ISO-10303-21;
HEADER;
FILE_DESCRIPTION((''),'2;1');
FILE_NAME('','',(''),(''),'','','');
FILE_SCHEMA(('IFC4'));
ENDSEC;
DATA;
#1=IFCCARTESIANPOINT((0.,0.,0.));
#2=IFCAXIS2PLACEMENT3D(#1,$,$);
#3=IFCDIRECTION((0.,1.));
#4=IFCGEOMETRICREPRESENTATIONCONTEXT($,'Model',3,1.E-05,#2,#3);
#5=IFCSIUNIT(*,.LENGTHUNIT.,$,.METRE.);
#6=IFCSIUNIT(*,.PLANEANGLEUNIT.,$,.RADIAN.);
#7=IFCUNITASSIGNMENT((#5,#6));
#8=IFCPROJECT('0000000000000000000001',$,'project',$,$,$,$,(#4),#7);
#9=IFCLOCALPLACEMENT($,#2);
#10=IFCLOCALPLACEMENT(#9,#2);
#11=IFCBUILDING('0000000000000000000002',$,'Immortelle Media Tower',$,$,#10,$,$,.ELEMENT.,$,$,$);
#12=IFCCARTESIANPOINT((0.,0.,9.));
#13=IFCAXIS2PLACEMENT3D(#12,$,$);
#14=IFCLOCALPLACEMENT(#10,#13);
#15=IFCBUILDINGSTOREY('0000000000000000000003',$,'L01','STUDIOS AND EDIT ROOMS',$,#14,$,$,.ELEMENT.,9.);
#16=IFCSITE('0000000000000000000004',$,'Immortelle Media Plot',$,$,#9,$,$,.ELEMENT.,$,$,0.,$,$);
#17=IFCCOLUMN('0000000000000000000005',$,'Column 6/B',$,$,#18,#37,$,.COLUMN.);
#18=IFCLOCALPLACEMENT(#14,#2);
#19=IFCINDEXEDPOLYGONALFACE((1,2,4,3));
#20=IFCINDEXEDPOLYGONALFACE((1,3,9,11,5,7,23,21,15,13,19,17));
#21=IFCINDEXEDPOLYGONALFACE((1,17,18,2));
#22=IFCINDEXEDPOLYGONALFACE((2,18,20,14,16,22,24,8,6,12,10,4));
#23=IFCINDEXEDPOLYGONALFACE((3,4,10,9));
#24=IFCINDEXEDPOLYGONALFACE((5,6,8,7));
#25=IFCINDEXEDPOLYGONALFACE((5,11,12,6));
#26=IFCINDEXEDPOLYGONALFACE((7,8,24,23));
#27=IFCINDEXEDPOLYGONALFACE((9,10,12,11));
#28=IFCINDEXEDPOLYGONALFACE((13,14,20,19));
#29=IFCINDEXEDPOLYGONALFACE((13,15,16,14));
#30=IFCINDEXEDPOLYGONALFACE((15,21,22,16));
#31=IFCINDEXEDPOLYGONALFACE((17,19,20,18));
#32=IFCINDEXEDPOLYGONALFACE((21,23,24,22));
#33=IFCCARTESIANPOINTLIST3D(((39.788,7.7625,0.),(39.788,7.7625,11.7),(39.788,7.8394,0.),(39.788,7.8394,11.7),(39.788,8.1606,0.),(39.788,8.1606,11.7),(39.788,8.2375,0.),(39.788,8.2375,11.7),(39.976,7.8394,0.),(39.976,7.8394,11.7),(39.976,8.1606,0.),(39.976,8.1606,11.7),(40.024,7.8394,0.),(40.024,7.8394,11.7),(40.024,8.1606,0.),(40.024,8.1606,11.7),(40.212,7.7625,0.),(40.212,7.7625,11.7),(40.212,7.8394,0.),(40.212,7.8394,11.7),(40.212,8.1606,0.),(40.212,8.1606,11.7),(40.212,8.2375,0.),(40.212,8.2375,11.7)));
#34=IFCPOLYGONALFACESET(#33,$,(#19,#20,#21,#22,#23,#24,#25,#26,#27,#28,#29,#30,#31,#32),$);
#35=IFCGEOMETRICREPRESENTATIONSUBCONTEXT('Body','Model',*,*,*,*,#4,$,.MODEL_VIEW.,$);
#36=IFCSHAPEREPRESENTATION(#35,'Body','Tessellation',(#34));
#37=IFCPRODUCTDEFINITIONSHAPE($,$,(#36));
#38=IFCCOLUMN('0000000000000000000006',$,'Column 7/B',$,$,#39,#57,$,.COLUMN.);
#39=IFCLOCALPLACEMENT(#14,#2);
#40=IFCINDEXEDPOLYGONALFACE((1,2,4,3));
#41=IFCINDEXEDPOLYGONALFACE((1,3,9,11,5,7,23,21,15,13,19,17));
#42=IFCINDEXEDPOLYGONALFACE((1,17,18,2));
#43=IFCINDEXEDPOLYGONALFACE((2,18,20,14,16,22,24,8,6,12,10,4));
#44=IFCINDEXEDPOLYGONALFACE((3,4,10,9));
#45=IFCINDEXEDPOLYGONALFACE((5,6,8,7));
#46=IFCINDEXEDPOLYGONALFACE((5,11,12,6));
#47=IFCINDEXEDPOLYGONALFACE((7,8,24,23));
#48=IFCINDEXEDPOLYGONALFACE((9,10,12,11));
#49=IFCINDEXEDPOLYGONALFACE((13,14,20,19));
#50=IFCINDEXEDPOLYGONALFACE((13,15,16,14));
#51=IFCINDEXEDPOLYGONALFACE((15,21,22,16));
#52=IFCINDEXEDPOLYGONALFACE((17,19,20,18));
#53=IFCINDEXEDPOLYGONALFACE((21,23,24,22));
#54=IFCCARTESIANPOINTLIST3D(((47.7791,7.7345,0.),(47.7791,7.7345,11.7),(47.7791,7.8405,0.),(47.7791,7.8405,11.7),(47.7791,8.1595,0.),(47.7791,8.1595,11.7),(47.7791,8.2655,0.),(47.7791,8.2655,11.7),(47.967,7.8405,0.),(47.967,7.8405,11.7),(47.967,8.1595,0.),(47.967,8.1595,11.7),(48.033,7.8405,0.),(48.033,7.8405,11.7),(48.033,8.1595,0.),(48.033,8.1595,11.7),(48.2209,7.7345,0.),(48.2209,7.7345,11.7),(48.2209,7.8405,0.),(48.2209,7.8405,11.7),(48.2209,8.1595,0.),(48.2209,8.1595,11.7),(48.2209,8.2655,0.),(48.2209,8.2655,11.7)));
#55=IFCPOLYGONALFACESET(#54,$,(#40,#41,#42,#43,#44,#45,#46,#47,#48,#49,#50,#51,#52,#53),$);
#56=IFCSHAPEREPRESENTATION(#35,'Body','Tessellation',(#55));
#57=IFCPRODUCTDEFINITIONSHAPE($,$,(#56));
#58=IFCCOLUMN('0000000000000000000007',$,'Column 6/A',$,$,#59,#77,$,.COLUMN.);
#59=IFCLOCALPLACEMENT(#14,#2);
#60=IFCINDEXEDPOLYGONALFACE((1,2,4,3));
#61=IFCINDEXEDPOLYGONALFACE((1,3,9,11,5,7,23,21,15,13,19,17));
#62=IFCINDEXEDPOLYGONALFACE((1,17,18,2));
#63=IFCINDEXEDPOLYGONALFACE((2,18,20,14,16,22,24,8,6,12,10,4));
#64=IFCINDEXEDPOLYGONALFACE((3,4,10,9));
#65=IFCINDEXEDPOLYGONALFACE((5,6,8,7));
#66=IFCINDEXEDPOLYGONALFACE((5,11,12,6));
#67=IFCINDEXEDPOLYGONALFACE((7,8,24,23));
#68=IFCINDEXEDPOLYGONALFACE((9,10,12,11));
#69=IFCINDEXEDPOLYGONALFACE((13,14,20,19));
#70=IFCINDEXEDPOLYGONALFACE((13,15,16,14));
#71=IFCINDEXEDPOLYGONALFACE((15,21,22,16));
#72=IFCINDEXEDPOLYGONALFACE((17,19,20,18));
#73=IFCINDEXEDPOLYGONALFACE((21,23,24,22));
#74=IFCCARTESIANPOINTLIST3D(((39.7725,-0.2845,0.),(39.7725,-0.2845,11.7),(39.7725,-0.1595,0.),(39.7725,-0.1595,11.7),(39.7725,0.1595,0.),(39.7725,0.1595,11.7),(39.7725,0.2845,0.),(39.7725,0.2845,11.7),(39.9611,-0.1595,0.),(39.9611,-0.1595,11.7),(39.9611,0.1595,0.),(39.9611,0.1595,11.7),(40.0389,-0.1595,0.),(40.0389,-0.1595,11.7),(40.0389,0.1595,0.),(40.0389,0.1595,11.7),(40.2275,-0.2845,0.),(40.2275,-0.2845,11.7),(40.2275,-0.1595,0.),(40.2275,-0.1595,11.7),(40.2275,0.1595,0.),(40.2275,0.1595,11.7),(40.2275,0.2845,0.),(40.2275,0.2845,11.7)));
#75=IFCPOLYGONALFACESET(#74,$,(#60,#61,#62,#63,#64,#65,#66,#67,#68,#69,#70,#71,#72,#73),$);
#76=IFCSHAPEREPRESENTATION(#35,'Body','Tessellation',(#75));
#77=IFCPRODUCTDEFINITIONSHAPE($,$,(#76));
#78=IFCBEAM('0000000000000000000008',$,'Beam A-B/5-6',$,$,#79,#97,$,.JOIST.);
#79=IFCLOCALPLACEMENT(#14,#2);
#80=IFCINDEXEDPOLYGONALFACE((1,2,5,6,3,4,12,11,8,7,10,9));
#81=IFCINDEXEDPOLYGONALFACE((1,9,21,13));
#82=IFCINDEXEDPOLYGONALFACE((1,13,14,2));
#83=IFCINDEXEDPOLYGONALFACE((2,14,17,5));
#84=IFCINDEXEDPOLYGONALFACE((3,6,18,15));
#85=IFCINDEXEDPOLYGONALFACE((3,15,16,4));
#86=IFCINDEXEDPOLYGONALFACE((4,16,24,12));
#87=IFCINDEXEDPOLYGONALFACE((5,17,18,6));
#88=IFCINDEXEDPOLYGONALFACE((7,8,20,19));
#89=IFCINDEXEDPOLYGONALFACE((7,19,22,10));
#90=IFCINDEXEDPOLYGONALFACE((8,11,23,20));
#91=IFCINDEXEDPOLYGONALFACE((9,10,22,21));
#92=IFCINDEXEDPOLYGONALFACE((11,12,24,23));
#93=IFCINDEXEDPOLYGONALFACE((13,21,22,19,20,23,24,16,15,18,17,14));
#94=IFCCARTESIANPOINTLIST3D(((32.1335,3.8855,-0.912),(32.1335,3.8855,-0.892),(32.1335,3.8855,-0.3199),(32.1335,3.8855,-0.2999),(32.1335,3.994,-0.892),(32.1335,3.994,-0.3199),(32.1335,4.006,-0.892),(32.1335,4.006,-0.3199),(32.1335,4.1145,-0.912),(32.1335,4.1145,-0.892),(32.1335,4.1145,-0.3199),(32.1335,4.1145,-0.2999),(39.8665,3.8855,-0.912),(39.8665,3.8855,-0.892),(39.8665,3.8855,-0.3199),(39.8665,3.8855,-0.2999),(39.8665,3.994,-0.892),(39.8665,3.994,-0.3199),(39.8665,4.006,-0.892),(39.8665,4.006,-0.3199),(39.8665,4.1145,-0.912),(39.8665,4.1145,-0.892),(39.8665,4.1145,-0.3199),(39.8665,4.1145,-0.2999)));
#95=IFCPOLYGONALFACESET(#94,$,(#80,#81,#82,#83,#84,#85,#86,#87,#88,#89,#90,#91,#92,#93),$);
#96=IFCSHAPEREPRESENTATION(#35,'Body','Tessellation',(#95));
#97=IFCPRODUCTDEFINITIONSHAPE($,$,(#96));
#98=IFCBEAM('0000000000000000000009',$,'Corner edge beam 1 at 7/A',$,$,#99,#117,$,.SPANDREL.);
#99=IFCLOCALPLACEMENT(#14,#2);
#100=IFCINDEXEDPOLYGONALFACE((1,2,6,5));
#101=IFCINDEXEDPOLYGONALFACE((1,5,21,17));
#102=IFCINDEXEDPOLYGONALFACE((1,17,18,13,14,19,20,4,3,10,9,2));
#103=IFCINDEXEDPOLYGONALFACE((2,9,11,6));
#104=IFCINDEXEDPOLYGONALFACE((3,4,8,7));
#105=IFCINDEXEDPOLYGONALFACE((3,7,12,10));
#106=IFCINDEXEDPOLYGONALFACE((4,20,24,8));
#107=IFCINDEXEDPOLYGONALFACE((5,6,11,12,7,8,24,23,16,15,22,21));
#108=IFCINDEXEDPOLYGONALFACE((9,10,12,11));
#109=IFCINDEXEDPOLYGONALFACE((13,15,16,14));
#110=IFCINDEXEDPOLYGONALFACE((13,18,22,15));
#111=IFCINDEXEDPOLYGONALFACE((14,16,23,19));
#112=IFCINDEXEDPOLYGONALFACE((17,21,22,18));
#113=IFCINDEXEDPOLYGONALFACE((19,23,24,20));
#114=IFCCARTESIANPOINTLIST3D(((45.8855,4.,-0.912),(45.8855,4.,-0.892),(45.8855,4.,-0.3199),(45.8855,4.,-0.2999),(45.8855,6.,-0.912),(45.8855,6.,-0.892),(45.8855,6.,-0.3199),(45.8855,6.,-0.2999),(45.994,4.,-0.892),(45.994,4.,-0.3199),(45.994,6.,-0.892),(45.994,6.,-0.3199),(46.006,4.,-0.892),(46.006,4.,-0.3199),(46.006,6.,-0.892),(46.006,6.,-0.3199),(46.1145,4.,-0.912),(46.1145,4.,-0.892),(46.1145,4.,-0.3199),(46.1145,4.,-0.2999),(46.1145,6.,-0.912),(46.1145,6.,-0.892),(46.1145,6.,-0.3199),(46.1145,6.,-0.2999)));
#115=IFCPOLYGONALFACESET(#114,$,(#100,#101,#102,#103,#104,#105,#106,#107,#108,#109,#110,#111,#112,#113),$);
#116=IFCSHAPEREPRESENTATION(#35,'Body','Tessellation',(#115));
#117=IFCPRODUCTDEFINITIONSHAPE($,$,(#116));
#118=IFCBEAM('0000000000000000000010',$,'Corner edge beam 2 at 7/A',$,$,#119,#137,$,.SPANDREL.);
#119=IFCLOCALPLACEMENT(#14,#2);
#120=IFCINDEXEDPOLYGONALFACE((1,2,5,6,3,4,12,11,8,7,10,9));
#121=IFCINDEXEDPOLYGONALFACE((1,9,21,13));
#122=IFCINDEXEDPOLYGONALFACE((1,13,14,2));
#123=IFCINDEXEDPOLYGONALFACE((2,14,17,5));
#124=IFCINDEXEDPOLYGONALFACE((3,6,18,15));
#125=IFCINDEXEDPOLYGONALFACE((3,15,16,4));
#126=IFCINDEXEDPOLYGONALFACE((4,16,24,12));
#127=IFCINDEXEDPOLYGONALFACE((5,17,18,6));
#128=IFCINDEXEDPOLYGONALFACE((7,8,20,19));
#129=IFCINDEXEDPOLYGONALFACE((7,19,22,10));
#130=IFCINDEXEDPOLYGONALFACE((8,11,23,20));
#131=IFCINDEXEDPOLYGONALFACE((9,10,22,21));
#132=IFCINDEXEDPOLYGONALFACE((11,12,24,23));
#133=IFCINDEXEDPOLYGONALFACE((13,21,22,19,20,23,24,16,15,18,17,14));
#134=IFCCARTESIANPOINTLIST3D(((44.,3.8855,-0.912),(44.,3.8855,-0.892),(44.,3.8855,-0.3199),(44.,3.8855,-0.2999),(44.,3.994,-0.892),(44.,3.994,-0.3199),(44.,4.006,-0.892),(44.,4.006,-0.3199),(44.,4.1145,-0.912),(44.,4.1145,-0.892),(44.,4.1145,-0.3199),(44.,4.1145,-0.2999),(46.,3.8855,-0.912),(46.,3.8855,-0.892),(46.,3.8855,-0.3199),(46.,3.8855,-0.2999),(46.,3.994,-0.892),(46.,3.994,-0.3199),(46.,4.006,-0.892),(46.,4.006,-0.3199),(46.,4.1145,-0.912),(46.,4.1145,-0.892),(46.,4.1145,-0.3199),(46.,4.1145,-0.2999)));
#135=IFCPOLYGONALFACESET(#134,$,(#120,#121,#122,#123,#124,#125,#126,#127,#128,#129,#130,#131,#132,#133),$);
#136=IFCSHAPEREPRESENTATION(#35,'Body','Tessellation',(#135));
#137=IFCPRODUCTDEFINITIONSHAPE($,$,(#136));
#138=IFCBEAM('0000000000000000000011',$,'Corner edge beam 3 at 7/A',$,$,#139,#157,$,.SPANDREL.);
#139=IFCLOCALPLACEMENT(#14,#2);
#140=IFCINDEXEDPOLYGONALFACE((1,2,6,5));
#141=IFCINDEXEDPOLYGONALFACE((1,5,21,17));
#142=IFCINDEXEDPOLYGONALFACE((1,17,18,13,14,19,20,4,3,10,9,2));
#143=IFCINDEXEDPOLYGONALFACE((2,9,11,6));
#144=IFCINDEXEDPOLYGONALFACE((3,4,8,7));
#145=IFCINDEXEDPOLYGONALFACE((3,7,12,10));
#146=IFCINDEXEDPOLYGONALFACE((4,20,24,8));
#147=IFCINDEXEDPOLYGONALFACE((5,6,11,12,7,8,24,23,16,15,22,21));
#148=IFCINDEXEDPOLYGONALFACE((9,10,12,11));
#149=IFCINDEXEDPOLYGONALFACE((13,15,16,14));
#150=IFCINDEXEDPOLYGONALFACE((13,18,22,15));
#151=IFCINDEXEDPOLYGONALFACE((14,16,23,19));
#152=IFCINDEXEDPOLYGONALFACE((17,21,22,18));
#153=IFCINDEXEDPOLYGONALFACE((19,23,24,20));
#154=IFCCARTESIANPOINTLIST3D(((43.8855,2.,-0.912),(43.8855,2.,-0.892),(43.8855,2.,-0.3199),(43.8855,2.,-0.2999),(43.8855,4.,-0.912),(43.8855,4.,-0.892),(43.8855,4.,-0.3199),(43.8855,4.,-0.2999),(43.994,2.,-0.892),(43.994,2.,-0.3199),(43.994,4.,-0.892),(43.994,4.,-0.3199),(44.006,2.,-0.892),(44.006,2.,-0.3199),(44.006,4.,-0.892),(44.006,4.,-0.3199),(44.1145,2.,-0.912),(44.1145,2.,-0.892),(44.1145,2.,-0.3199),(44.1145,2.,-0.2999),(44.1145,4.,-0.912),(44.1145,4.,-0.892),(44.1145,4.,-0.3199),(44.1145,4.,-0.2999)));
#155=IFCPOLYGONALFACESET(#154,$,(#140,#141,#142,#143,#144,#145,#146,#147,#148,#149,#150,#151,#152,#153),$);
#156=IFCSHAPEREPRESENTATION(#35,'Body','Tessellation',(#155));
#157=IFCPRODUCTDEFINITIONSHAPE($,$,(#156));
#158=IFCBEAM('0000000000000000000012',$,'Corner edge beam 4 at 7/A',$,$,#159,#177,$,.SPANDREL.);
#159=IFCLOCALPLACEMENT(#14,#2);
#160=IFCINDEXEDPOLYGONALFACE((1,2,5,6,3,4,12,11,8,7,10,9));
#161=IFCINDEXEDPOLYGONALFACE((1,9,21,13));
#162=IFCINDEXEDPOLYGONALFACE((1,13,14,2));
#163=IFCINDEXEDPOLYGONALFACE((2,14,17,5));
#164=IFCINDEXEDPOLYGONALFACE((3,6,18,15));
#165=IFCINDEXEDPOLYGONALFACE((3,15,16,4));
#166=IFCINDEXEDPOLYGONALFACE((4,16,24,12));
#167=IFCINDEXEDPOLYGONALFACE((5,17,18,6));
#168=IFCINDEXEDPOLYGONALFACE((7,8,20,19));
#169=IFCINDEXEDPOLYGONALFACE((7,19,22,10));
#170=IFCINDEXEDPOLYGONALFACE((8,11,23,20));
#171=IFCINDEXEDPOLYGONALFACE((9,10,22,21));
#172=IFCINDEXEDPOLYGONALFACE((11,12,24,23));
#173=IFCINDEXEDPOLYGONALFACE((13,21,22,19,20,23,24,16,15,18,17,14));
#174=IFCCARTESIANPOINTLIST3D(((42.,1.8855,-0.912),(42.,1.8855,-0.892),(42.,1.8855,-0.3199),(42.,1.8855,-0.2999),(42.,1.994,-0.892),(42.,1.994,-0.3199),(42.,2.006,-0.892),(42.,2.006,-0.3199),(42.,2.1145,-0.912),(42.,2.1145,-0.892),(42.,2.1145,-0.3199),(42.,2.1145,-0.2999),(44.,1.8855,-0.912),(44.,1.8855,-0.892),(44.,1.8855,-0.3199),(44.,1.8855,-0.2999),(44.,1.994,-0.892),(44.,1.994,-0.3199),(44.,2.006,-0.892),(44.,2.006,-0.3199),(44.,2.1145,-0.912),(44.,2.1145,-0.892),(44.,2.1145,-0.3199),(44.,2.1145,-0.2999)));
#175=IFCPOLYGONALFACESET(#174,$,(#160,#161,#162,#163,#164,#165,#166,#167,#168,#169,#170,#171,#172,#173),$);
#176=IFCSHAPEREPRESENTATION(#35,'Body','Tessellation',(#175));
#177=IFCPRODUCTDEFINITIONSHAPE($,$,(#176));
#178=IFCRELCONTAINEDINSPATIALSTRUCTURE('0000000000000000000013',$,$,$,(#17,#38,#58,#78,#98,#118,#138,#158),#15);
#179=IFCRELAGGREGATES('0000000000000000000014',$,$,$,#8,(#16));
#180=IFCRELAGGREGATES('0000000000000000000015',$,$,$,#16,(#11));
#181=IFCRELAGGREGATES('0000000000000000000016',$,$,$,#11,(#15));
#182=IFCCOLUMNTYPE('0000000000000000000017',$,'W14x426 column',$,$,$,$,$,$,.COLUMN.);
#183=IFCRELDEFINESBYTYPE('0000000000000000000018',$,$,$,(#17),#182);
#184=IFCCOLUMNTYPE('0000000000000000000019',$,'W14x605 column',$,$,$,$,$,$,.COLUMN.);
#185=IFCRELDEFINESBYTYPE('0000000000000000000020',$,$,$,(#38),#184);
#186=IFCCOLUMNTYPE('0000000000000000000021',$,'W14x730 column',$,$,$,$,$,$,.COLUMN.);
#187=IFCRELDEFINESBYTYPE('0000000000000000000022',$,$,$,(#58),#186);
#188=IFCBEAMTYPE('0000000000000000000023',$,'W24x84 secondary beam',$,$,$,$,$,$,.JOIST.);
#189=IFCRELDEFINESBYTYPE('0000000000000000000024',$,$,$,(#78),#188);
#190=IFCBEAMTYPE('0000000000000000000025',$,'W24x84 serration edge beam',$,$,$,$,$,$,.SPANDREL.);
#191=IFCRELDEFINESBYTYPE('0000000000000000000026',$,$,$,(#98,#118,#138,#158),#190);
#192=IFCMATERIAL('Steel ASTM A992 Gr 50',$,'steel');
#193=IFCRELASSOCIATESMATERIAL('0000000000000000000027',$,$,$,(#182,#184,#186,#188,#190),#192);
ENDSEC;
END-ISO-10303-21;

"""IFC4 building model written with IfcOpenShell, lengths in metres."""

from ifc_helpers import new_model, si_unit, direction, frame, origin, origin_2d, place, context, subcontext, project, spatial, i_section, extrude, material, material_profile, profile_set, type_object, element, save


model = new_model("IFC4")

# Units and contexts
model_context = context("Model", 3, precision=1e-05, world=origin(), true_north=direction((0.0, 1.0)))
body_context = subcontext(model_context, "Body", "Model", "MODEL_VIEW")
ifc_project = project(units=[si_unit("LENGTHUNIT", "METRE"), si_unit("PLANEANGLEUNIT", "RADIAN")], contexts=[model_context])

# Site, building, storey
site_placement = place(None, origin())
site = spatial("IfcSite", under=ifc_project, at=site_placement, Name="Immortelle Media Plot", CompositionType="ELEMENT", RefElevation=0.0)
building_placement = place(site_placement, origin())
building = spatial("IfcBuilding", under=site, at=building_placement, Name="Immortelle Media Tower", CompositionType="ELEMENT")
storey_placement = place(building_placement, frame((0.0, 0.0, 9.0)))
storey = spatial("IfcBuildingStorey", under=building, at=storey_placement, Name="L01", Description="STUDIOS AND EDIT ROOMS", CompositionType="ELEMENT", Elevation=9.0)

# Columns
ifc_material_1 = material(Name="Steel ASTM A992 Gr 50", Category="steel")
ifc_material_profile_1 = material_profile(ifc_material_1, i_section(OverallWidth=0.4241, OverallDepth=0.4751, WebThickness=0.0481, FlangeThickness=0.0769, at=origin_2d()), Name="W14x426")
ifc_profile_set_1 = profile_set([ifc_material_profile_1], Name="Steel ASTM A992 Gr 50")
column_type_1 = type_object("IfcColumnType", Name="W14x426 column", PredefinedType="COLUMN", material=ifc_profile_set_1)
column_1_placement = place(storey_placement, frame((40.0, 8.0, 0.0), z_axis=(0.0, 0.0, 1.0), x_axis=(1.0, 0.0, 0.0)))
element("IfcColumn", 1, at=column_1_placement, inside=storey, type_object=column_type_1, Name="Column 6/B", PredefinedType="COLUMN", context=body_context, shape_type="SweptSolid", body=[
    extrude(i_section(OverallWidth=0.4241, OverallDepth=0.4751, WebThickness=0.0481, FlangeThickness=0.0769, at=origin_2d()), origin(), (0.0, 0.0, 1.0), 11.7),
])
ifc_material_profile_2 = material_profile(ifc_material_1, i_section(OverallWidth=0.4419, OverallDepth=0.531, WebThickness=0.0659, FlangeThickness=0.106, at=origin_2d()), Name="W14x605")
ifc_profile_set_2 = profile_set([ifc_material_profile_2], Name="Steel ASTM A992 Gr 50")
column_type_2 = type_object("IfcColumnType", Name="W14x605 column", PredefinedType="COLUMN", material=ifc_profile_set_2)
column_2_placement = place(storey_placement, frame((48.0, 8.0, 0.0), z_axis=(0.0, 0.0, 1.0), x_axis=(1.0, 0.0, 0.0)))
element("IfcColumn", 2, at=column_2_placement, inside=storey, type_object=column_type_2, Name="Column 7/B", PredefinedType="COLUMN", context=body_context, shape_type="SweptSolid", body=[
    extrude(i_section(OverallWidth=0.4419, OverallDepth=0.531, WebThickness=0.0659, FlangeThickness=0.106, at=origin_2d()), origin(), (0.0, 0.0, 1.0), 11.7),
])
ifc_material_profile_3 = material_profile(ifc_material_1, i_section(OverallWidth=0.4551, OverallDepth=0.5691, WebThickness=0.0779, FlangeThickness=0.125, at=origin_2d()), Name="W14x730")
ifc_profile_set_3 = profile_set([ifc_material_profile_3], Name="Steel ASTM A992 Gr 50")
column_type_3 = type_object("IfcColumnType", Name="W14x730 column", PredefinedType="COLUMN", material=ifc_profile_set_3)
column_3_placement = place(storey_placement, frame((40.0, 0.0, 0.0), z_axis=(0.0, 0.0, 1.0), x_axis=(1.0, 0.0, 0.0)))
element("IfcColumn", 3, at=column_3_placement, inside=storey, type_object=column_type_3, Name="Column 6/A", PredefinedType="COLUMN", context=body_context, shape_type="SweptSolid", body=[
    extrude(i_section(OverallWidth=0.4551, OverallDepth=0.5691, WebThickness=0.0779, FlangeThickness=0.125, at=origin_2d()), origin(), (0.0, 0.0, 1.0), 11.7),
])

# Beams
ifc_material_profile_4 = material_profile(ifc_material_1, i_section(OverallWidth=0.229, OverallDepth=0.6121, WebThickness=0.012, FlangeThickness=0.02, at=origin_2d()), Name="W24x84")
ifc_profile_set_4 = profile_set([ifc_material_profile_4], Name="Steel ASTM A992 Gr 50")
beam_type_1 = type_object("IfcBeamType", Name="W24x84 secondary beam", PredefinedType="JOIST", material=ifc_profile_set_4)
beam_1_placement = place(storey_placement, frame((32.1335, 4.0, -0.606), z_axis=(1.0, 0.0, 0.0), x_axis=(0.0, 1.0, 0.0)))
element("IfcBeam", 4, at=beam_1_placement, inside=storey, type_object=beam_type_1, Name="Beam A-B/5-6", PredefinedType="JOIST", context=body_context, shape_type="SweptSolid", body=[
    extrude(i_section(OverallWidth=0.229, OverallDepth=0.6121, WebThickness=0.012, FlangeThickness=0.02, at=origin_2d()), origin(), (0.0, 0.0, 1.0), 7.7329),
])
ifc_material_profile_5 = material_profile(ifc_material_1, i_section(OverallWidth=0.229, OverallDepth=0.6121, WebThickness=0.012, FlangeThickness=0.02, at=origin_2d()), Name="W24x84")
ifc_profile_set_5 = profile_set([ifc_material_profile_5], Name="Steel ASTM A992 Gr 50")
beam_type_2 = type_object("IfcBeamType", Name="W24x84 serration edge beam", PredefinedType="SPANDREL", material=ifc_profile_set_5)
for number, where, z_axis, x_axis, name in (
    (5, (46.0, 6.0, -0.606), (0.0, -1.0, 0.0), (1.0, 0.0, 0.0), "Corner edge beam 1 at 7/A"),
    (6, (46.0, 4.0, -0.606), (-1.0, 0.0, 0.0), (0.0, -1.0, 0.0), "Corner edge beam 2 at 7/A"),
    (7, (44.0, 4.0, -0.606), (0.0, -1.0, 0.0), (1.0, 0.0, 0.0), "Corner edge beam 3 at 7/A"),
    (8, (44.0, 2.0, -0.606), (-1.0, 0.0, 0.0), (0.0, -1.0, 0.0), "Corner edge beam 4 at 7/A"),
):
    element("IfcBeam", number, at=place(storey_placement, frame(where, z_axis=z_axis, x_axis=x_axis)), inside=storey, type_object=beam_type_2, Name=name, PredefinedType="SPANDREL", context=body_context, shape_type="SweptSolid", body=[
        extrude(i_section(OverallWidth=0.229, OverallDepth=0.6121, WebThickness=0.012, FlangeThickness=0.02, at=origin_2d()), origin(), (0.0, 0.0, 1.0), 2.0),
    ])

save(model, "model.ifc")
